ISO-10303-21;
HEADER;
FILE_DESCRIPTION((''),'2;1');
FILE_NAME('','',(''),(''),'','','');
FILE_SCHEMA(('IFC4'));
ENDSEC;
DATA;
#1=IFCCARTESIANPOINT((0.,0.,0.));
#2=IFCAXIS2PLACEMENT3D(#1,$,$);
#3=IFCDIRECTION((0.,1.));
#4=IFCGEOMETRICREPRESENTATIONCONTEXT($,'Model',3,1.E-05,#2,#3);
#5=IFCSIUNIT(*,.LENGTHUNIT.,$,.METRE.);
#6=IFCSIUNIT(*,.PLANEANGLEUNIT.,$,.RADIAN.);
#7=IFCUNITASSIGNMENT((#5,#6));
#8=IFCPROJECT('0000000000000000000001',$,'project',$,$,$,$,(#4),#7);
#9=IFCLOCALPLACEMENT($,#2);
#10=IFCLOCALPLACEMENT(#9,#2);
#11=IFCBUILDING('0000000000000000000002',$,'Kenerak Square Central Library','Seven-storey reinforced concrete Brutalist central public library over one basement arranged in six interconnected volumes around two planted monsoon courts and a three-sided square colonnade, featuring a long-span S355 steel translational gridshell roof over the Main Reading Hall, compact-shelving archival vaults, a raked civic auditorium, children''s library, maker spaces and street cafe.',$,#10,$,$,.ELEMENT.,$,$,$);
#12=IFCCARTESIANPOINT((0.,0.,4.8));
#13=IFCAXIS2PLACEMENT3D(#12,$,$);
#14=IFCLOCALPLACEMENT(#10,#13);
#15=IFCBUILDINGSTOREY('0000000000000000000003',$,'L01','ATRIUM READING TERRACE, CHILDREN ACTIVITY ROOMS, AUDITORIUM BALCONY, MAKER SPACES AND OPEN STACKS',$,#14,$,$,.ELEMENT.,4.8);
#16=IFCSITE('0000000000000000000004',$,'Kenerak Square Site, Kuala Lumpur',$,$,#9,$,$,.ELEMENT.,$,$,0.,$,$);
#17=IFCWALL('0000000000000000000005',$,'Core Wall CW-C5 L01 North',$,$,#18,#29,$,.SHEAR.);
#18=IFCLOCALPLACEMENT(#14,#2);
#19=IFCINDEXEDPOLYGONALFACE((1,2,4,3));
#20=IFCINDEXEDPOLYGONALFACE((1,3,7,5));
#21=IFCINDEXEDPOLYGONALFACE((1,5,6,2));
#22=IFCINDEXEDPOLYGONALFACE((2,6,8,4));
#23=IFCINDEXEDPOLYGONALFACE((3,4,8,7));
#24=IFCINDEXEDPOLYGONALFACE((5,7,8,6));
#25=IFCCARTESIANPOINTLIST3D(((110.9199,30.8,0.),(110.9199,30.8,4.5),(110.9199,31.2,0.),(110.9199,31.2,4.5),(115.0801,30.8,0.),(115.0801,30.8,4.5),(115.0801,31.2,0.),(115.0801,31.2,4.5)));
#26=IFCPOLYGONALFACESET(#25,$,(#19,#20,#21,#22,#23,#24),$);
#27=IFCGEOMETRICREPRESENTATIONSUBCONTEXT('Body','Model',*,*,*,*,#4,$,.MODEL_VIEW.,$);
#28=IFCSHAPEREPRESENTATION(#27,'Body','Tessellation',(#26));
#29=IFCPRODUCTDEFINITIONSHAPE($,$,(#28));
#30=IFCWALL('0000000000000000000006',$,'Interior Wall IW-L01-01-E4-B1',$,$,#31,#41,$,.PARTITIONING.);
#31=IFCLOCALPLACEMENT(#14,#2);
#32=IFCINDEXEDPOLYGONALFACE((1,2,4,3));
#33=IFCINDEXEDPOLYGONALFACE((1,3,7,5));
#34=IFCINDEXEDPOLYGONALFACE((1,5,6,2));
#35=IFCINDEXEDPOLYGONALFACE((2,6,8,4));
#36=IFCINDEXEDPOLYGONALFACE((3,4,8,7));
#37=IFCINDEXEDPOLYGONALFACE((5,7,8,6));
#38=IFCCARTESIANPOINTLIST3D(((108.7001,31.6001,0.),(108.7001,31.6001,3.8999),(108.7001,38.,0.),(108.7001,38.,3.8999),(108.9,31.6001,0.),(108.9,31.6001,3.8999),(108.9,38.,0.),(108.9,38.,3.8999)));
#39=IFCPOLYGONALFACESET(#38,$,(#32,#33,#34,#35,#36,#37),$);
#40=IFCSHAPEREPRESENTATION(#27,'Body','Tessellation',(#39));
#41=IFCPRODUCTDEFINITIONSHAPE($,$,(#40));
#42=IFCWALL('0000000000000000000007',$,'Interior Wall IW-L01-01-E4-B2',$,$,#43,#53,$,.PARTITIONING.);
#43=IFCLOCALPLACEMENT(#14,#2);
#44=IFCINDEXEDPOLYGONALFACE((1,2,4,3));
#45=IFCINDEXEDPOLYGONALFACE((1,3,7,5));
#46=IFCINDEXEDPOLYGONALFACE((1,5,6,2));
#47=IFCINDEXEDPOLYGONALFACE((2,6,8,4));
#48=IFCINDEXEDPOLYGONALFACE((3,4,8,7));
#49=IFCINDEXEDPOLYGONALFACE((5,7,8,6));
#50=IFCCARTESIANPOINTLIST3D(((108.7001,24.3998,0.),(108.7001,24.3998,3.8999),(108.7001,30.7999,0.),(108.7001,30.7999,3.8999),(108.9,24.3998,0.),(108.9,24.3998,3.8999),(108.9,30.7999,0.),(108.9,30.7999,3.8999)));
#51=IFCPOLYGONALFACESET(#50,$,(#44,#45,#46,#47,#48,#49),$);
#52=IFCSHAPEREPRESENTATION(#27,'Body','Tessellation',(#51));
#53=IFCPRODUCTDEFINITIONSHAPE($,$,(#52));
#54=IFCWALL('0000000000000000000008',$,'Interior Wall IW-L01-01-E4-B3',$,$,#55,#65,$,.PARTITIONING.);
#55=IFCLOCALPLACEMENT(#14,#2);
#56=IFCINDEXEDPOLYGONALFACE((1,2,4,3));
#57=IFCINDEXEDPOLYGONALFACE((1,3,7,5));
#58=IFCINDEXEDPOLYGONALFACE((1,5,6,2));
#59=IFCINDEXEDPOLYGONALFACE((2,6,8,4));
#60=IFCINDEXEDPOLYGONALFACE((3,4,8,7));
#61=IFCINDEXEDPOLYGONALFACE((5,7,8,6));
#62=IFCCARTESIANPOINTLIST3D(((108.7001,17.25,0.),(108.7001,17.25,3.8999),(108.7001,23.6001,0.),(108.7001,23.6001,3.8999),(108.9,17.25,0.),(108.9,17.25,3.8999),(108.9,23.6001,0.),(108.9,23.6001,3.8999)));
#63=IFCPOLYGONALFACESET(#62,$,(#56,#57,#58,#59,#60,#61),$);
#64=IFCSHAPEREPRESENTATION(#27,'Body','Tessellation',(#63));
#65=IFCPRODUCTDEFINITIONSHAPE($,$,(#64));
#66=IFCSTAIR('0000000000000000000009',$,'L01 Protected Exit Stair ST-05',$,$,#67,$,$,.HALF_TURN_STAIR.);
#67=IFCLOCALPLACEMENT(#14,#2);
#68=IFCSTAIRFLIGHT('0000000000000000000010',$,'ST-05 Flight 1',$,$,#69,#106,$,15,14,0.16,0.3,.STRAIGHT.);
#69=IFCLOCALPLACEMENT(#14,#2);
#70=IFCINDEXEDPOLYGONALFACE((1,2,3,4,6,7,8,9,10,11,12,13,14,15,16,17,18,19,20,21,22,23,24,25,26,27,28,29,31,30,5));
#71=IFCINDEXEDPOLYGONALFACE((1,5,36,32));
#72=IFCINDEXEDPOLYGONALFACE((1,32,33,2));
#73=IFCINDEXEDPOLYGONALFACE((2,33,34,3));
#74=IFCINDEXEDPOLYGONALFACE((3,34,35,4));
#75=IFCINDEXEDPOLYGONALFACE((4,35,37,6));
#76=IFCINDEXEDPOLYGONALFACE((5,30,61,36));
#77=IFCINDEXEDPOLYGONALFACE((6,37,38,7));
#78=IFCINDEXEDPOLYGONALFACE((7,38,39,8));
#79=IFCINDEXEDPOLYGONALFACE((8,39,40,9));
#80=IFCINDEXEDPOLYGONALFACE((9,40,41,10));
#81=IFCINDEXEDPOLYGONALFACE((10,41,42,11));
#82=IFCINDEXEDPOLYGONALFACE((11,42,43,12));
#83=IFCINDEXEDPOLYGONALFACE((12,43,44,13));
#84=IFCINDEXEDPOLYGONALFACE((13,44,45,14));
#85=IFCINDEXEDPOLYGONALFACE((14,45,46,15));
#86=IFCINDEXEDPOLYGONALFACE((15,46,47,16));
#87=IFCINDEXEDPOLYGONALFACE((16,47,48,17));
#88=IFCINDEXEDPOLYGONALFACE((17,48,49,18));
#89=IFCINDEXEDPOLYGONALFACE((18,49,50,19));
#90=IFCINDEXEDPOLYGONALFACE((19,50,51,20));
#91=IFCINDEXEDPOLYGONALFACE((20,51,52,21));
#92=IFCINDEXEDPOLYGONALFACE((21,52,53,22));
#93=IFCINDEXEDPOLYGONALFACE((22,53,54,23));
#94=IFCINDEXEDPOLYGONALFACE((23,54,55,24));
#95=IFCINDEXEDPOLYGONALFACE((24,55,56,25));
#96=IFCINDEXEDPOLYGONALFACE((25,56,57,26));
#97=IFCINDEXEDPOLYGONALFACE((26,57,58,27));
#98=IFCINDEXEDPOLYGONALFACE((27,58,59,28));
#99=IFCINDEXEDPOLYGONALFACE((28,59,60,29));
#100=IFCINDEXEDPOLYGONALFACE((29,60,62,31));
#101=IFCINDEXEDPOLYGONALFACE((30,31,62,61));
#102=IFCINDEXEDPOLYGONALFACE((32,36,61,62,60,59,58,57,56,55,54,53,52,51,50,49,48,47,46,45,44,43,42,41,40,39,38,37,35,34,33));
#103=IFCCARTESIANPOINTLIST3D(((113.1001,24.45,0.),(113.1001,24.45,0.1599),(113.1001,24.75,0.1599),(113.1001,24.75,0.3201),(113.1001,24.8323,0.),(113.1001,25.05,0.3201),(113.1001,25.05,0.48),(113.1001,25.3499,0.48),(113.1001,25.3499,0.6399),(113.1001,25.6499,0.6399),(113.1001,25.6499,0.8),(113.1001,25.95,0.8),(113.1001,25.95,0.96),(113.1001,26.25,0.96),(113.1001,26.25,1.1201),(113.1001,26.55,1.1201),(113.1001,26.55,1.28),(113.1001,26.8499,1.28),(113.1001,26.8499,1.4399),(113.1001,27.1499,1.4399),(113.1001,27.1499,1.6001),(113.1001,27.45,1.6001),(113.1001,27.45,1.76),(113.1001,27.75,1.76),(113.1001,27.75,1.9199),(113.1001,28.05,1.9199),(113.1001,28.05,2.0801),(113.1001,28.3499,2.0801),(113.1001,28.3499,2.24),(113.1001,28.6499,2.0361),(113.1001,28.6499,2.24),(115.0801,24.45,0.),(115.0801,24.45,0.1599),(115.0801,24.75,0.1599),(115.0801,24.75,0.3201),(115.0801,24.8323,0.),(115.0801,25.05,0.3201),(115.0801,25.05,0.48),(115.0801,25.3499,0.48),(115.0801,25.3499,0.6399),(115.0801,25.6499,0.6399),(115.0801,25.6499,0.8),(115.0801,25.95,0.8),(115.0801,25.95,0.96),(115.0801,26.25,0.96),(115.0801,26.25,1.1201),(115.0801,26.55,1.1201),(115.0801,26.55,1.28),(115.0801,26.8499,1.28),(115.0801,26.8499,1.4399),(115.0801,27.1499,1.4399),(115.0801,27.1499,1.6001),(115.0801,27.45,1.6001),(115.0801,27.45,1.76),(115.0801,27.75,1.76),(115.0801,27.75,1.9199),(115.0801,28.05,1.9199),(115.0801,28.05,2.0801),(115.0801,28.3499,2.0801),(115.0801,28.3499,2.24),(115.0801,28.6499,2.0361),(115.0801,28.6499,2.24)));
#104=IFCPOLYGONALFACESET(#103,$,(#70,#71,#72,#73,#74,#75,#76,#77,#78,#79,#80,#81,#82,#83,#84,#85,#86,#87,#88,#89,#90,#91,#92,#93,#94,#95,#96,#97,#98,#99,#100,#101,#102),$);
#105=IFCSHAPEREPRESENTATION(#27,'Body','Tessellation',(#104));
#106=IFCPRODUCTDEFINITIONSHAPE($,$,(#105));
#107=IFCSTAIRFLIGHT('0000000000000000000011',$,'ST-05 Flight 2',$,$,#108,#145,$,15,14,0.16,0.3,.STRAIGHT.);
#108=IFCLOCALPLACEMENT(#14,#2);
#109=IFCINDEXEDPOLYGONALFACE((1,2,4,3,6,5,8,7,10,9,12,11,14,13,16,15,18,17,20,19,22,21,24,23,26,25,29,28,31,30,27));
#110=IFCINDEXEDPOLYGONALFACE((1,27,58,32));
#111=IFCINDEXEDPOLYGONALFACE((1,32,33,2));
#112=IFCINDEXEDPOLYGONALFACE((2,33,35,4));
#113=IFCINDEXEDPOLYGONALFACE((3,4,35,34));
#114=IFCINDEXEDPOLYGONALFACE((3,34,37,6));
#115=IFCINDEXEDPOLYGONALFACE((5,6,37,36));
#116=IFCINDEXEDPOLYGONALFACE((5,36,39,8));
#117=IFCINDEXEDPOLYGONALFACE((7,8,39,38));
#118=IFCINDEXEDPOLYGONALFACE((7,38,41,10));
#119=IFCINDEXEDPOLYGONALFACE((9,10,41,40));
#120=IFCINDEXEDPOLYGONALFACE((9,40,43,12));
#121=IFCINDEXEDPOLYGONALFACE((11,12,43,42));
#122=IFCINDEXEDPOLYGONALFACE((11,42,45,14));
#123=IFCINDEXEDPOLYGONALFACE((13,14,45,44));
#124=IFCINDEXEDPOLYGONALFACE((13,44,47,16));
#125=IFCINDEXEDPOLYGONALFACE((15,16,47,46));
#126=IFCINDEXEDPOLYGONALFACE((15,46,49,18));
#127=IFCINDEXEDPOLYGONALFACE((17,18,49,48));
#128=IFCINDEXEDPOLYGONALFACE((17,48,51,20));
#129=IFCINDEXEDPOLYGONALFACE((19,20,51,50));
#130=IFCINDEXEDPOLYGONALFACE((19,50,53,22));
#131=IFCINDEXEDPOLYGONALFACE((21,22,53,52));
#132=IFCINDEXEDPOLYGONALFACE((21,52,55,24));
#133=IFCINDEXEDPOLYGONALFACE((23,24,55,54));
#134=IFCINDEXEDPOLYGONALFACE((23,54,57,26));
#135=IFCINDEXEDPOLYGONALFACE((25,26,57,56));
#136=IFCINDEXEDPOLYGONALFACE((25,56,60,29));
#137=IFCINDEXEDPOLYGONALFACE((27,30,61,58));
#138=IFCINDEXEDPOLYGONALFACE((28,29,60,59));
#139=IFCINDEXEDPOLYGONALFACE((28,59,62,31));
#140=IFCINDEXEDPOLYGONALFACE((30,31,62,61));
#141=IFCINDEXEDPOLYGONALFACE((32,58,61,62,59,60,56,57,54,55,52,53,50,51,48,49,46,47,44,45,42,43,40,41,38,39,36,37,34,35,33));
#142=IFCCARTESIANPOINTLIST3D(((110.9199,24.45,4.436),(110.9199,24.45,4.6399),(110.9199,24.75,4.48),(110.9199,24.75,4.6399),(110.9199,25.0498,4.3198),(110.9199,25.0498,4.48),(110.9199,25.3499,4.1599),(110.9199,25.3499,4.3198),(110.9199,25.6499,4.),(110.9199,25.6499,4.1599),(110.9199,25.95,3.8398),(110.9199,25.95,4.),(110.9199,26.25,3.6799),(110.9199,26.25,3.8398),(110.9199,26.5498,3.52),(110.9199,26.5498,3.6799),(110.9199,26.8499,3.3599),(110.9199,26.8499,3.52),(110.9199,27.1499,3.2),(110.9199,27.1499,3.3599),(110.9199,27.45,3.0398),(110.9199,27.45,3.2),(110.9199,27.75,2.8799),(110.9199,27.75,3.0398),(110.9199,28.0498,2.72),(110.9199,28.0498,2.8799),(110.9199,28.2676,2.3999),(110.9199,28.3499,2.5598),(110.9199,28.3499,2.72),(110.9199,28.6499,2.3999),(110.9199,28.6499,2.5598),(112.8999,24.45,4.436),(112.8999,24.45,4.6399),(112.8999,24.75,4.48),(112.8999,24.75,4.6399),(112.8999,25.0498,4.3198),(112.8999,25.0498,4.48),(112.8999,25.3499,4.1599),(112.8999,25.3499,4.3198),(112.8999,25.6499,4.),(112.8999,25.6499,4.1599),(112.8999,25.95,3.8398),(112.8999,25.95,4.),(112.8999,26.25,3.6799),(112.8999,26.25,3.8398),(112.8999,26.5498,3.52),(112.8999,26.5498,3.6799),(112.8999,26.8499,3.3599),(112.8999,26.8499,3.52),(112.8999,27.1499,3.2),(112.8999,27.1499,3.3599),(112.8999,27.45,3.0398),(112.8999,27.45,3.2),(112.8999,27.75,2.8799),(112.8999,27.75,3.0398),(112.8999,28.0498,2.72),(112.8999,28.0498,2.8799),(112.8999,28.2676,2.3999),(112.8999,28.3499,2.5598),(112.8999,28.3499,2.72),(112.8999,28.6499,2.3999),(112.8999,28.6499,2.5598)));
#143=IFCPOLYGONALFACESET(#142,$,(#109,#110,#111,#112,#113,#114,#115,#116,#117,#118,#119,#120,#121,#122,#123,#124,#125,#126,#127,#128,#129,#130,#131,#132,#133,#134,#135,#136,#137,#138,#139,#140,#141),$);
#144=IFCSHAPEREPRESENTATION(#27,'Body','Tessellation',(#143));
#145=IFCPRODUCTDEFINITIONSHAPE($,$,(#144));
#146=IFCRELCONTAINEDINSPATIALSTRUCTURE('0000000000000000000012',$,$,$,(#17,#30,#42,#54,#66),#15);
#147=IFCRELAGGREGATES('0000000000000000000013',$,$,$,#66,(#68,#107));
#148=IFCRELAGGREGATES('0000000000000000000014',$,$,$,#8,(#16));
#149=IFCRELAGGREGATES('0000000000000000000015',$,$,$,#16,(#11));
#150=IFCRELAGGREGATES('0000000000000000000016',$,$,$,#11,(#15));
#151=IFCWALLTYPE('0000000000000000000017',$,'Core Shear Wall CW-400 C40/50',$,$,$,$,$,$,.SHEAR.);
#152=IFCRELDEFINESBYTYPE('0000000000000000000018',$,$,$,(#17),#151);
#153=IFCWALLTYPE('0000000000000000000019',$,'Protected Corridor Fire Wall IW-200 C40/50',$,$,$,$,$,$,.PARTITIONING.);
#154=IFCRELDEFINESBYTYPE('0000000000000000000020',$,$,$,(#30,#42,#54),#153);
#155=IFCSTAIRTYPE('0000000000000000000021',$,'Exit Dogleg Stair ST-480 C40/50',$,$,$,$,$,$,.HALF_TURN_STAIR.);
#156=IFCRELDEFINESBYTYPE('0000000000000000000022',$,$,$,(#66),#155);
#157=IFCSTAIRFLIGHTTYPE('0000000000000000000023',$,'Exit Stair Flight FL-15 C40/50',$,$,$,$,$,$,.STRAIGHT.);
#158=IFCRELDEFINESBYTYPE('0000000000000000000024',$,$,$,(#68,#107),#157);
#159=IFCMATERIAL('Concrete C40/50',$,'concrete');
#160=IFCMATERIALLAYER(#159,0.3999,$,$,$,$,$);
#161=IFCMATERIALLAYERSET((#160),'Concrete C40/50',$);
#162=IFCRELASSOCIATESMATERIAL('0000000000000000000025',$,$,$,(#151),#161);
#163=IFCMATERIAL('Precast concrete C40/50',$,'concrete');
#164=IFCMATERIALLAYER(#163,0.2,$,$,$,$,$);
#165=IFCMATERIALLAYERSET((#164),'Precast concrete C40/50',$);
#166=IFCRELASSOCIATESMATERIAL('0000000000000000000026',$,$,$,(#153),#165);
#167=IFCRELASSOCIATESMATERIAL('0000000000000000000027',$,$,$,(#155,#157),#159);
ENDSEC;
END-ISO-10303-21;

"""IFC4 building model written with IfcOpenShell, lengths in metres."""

from ifc_helpers import new_model, si_unit, direction, frame, frame_2d, origin, place, context, subcontext, project, spatial, polyline, rectangle, outline, extrude, material, layer, layer_set, type_object, element, aggregate, save


model = new_model("IFC4")

# Units and contexts
model_context = context("Model", 3, precision=1e-05, world=origin(), true_north=direction((0.0, 1.0)))
body_context = subcontext(model_context, "Body", "Model", "MODEL_VIEW")
ifc_project = project(units=[si_unit("LENGTHUNIT", "METRE"), si_unit("PLANEANGLEUNIT", "RADIAN")], contexts=[model_context])

# Site, building, storey
site_placement = place(None, origin())
site = spatial("IfcSite", under=ifc_project, at=site_placement, Name="Kenerak Square Site, Kuala Lumpur", CompositionType="ELEMENT", RefElevation=0.0)
building_placement = place(site_placement, origin())
building = spatial("IfcBuilding", under=site, at=building_placement, Name="Kenerak Square Central Library", Description="Seven-storey reinforced concrete Brutalist central public library over one basement arranged in six interconnected volumes around two planted monsoon courts and a three-sided square colonnade, featuring a long-span S355 steel translational gridshell roof over the Main Reading Hall, compact-shelving archival vaults, a raked civic auditorium, children's library, maker spaces and street cafe.", CompositionType="ELEMENT")
storey_placement = place(building_placement, frame((0.0, 0.0, 4.8)))
storey = spatial("IfcBuildingStorey", under=building, at=storey_placement, Name="L01", Description="ATRIUM READING TERRACE, CHILDREN ACTIVITY ROOMS, AUDITORIUM BALCONY, MAKER SPACES AND OPEN STACKS", CompositionType="ELEMENT", Elevation=4.8)

# Shared definitions
ifc_material_1 = material(Name="Concrete C40/50", Category="concrete")

# Shared definitions
ifc_material_2 = material(Name="Precast concrete C40/50", Category="concrete")
ifc_layer_1 = layer(ifc_material_1, 0.3999)
ifc_layer_set_1 = layer_set([ifc_layer_1], Name="Concrete C40/50")
wall_type_1 = type_object("IfcWallType", Name="Core Shear Wall CW-400 C40/50", PredefinedType="SHEAR", material=ifc_layer_set_1)

# Walls
wall_1_placement = place(storey_placement, frame((110.9199, 31.0, 0.0), z_axis=(0.0, 0.0, 1.0), x_axis=(1.0, 0.0, 0.0)))
element("IfcWall", 1, at=wall_1_placement, inside=storey, type_object=wall_type_1, Name="Core Wall CW-C5 L01 North", PredefinedType="SHEAR", context=body_context, shape_type="SweptSolid", body=[
    extrude(rectangle(XDim=4.1602, YDim=0.3999, at=frame_2d((2.0801, 0.0))), origin(), (0.0, 0.0, 1.0), 4.5),
])
ifc_layer_2 = layer(ifc_material_2, 0.2)
ifc_layer_set_2 = layer_set([ifc_layer_2], Name="Precast concrete C40/50")
wall_type_2 = type_object("IfcWallType", Name="Protected Corridor Fire Wall IW-200 C40/50", PredefinedType="PARTITIONING", material=ifc_layer_set_2)
wall_2_placement = place(storey_placement, frame((108.8, 38.0, 0.0), z_axis=(0.0, 0.0, 1.0), x_axis=(0.0, -1.0, 0.0)))
element("IfcWall", 2, at=wall_2_placement, inside=storey, type_object=wall_type_2, Name="Interior Wall IW-L01-01-E4-B1", PredefinedType="PARTITIONING", context=body_context, shape_type="SweptSolid", body=[
    extrude(rectangle(XDim=6.3999, YDim=0.2, at=frame_2d((3.2, 0.0))), origin(), (0.0, 0.0, 1.0), 3.8999),
])
wall_3_placement = place(storey_placement, frame((108.8, 30.8, 0.0), z_axis=(0.0, 0.0, 1.0), x_axis=(0.0, -1.0, 0.0)))
element("IfcWall", 3, at=wall_3_placement, inside=storey, type_object=wall_type_2, Name="Interior Wall IW-L01-01-E4-B2", PredefinedType="PARTITIONING", context=body_context, shape_type="SweptSolid", body=[
    extrude(rectangle(XDim=6.4001, YDim=0.2, at=frame_2d((3.2002, 0.0))), origin(), (0.0, 0.0, 1.0), 3.8999),
])
wall_4_placement = place(storey_placement, frame((108.8, 23.6001, 0.0), z_axis=(0.0, 0.0, 1.0), x_axis=(0.0, -1.0, 0.0)))
element("IfcWall", 4, at=wall_4_placement, inside=storey, type_object=wall_type_2, Name="Interior Wall IW-L01-01-E4-B3", PredefinedType="PARTITIONING", context=body_context, shape_type="SweptSolid", body=[
    extrude(rectangle(XDim=6.3501, YDim=0.2, at=frame_2d((3.175, 0.0))), origin(), (0.0, 0.0, 1.0), 3.8999),
])

# Stair, stair flights
stair_type = type_object("IfcStairType", Name="Exit Dogleg Stair ST-480 C40/50", PredefinedType="HALF_TURN_STAIR", material=ifc_material_1)
stair_placement = place(storey_placement, origin())
stair = element("IfcStair", 5, at=stair_placement, inside=storey, type_object=stair_type, Name="L01 Protected Exit Stair ST-05", PredefinedType="HALF_TURN_STAIR")
stair_flight_type = type_object("IfcStairFlightType", Name="Exit Stair Flight FL-15 C40/50", PredefinedType="STRAIGHT", material=ifc_material_1)
stair_flight_1_placement = place(storey_placement, frame((114.0901, 24.45, 0.0), z_axis=(0.0, 0.0, 1.0), x_axis=(0.0, 1.0, 0.0)))
stair_flight_1 = element("IfcStairFlight", 6, at=stair_flight_1_placement, type_object=stair_flight_type, Name="ST-05 Flight 1", NumberOfRisers=15, NumberOfTreads=14, PredefinedType="STRAIGHT", RiserHeight=0.16, TreadLength=0.3, context=body_context, shape_type="SweptSolid", body=[
    extrude(outline(polyline([(0.0, 0.0), (0.0, 0.1599), (0.3, 0.1599), (0.3, 0.3201), (0.6001, 0.3201), (0.6001, 0.48), (0.8999, 0.48), (0.8999, 0.6399), (1.2, 0.6399), (1.2, 0.8), (1.5, 0.8), (1.5, 0.96), (1.8, 0.96), (1.8, 1.1201), (2.1001, 1.1201), (2.1001, 1.28), (2.3999, 1.28), (2.3999, 1.4399), (2.7, 1.4399), (2.7, 1.6001), (3.0, 1.6001), (3.0, 1.76), (3.3, 1.76), (3.3, 1.9199), (3.6001, 1.9199), (3.6001, 2.0801), (3.8999, 2.0801), (3.8999, 2.24), (4.2, 2.24), (4.2, 2.3999), (4.2, 2.0361), (0.3823, 0.0), (0.0, 0.0)])), frame((0.0, 0.99, 0.0), z_axis=(0.0, -1.0, 0.0), x_axis=(1.0, 0.0, 0.0)), (0.0, 0.0, 1.0), 1.98),
])
stair_flight_2_placement = place(storey_placement, frame((111.9099, 28.6499, 2.3999), z_axis=(0.0, 0.0, 1.0), x_axis=(0.0, -1.0, 0.0)))
stair_flight_2 = element("IfcStairFlight", 7, at=stair_flight_2_placement, type_object=stair_flight_type, Name="ST-05 Flight 2", NumberOfRisers=15, NumberOfTreads=14, PredefinedType="STRAIGHT", RiserHeight=0.16, TreadLength=0.3, context=body_context, shape_type="SweptSolid", body=[
    extrude(outline(polyline([(0.0, 0.0), (0.0, 0.1599), (0.3, 0.1599), (0.3, 0.3201), (0.6001, 0.3201), (0.6001, 0.48), (0.8999, 0.48), (0.8999, 0.6399), (1.2, 0.6399), (1.2, 0.8), (1.5, 0.8), (1.5, 0.96), (1.8, 0.96), (1.8, 1.1201), (2.1001, 1.1201), (2.1001, 1.28), (2.3999, 1.28), (2.3999, 1.4399), (2.7, 1.4399), (2.7, 1.6001), (3.0, 1.6001), (3.0, 1.76), (3.3, 1.76), (3.3, 1.9199), (3.6001, 1.9199), (3.6001, 2.0801), (3.8999, 2.0801), (3.8999, 2.24), (4.2, 2.24), (4.2, 2.3999), (4.2, 2.0361), (0.3823, 0.0), (0.0, 0.0)])), frame((0.0, 0.99, 0.0), z_axis=(0.0, -1.0, 0.0), x_axis=(1.0, 0.0, 0.0)), (0.0, 0.0, 1.0), 1.98),
])
aggregate(stair, [stair_flight_1, stair_flight_2])

save(model, "model.ifc")
